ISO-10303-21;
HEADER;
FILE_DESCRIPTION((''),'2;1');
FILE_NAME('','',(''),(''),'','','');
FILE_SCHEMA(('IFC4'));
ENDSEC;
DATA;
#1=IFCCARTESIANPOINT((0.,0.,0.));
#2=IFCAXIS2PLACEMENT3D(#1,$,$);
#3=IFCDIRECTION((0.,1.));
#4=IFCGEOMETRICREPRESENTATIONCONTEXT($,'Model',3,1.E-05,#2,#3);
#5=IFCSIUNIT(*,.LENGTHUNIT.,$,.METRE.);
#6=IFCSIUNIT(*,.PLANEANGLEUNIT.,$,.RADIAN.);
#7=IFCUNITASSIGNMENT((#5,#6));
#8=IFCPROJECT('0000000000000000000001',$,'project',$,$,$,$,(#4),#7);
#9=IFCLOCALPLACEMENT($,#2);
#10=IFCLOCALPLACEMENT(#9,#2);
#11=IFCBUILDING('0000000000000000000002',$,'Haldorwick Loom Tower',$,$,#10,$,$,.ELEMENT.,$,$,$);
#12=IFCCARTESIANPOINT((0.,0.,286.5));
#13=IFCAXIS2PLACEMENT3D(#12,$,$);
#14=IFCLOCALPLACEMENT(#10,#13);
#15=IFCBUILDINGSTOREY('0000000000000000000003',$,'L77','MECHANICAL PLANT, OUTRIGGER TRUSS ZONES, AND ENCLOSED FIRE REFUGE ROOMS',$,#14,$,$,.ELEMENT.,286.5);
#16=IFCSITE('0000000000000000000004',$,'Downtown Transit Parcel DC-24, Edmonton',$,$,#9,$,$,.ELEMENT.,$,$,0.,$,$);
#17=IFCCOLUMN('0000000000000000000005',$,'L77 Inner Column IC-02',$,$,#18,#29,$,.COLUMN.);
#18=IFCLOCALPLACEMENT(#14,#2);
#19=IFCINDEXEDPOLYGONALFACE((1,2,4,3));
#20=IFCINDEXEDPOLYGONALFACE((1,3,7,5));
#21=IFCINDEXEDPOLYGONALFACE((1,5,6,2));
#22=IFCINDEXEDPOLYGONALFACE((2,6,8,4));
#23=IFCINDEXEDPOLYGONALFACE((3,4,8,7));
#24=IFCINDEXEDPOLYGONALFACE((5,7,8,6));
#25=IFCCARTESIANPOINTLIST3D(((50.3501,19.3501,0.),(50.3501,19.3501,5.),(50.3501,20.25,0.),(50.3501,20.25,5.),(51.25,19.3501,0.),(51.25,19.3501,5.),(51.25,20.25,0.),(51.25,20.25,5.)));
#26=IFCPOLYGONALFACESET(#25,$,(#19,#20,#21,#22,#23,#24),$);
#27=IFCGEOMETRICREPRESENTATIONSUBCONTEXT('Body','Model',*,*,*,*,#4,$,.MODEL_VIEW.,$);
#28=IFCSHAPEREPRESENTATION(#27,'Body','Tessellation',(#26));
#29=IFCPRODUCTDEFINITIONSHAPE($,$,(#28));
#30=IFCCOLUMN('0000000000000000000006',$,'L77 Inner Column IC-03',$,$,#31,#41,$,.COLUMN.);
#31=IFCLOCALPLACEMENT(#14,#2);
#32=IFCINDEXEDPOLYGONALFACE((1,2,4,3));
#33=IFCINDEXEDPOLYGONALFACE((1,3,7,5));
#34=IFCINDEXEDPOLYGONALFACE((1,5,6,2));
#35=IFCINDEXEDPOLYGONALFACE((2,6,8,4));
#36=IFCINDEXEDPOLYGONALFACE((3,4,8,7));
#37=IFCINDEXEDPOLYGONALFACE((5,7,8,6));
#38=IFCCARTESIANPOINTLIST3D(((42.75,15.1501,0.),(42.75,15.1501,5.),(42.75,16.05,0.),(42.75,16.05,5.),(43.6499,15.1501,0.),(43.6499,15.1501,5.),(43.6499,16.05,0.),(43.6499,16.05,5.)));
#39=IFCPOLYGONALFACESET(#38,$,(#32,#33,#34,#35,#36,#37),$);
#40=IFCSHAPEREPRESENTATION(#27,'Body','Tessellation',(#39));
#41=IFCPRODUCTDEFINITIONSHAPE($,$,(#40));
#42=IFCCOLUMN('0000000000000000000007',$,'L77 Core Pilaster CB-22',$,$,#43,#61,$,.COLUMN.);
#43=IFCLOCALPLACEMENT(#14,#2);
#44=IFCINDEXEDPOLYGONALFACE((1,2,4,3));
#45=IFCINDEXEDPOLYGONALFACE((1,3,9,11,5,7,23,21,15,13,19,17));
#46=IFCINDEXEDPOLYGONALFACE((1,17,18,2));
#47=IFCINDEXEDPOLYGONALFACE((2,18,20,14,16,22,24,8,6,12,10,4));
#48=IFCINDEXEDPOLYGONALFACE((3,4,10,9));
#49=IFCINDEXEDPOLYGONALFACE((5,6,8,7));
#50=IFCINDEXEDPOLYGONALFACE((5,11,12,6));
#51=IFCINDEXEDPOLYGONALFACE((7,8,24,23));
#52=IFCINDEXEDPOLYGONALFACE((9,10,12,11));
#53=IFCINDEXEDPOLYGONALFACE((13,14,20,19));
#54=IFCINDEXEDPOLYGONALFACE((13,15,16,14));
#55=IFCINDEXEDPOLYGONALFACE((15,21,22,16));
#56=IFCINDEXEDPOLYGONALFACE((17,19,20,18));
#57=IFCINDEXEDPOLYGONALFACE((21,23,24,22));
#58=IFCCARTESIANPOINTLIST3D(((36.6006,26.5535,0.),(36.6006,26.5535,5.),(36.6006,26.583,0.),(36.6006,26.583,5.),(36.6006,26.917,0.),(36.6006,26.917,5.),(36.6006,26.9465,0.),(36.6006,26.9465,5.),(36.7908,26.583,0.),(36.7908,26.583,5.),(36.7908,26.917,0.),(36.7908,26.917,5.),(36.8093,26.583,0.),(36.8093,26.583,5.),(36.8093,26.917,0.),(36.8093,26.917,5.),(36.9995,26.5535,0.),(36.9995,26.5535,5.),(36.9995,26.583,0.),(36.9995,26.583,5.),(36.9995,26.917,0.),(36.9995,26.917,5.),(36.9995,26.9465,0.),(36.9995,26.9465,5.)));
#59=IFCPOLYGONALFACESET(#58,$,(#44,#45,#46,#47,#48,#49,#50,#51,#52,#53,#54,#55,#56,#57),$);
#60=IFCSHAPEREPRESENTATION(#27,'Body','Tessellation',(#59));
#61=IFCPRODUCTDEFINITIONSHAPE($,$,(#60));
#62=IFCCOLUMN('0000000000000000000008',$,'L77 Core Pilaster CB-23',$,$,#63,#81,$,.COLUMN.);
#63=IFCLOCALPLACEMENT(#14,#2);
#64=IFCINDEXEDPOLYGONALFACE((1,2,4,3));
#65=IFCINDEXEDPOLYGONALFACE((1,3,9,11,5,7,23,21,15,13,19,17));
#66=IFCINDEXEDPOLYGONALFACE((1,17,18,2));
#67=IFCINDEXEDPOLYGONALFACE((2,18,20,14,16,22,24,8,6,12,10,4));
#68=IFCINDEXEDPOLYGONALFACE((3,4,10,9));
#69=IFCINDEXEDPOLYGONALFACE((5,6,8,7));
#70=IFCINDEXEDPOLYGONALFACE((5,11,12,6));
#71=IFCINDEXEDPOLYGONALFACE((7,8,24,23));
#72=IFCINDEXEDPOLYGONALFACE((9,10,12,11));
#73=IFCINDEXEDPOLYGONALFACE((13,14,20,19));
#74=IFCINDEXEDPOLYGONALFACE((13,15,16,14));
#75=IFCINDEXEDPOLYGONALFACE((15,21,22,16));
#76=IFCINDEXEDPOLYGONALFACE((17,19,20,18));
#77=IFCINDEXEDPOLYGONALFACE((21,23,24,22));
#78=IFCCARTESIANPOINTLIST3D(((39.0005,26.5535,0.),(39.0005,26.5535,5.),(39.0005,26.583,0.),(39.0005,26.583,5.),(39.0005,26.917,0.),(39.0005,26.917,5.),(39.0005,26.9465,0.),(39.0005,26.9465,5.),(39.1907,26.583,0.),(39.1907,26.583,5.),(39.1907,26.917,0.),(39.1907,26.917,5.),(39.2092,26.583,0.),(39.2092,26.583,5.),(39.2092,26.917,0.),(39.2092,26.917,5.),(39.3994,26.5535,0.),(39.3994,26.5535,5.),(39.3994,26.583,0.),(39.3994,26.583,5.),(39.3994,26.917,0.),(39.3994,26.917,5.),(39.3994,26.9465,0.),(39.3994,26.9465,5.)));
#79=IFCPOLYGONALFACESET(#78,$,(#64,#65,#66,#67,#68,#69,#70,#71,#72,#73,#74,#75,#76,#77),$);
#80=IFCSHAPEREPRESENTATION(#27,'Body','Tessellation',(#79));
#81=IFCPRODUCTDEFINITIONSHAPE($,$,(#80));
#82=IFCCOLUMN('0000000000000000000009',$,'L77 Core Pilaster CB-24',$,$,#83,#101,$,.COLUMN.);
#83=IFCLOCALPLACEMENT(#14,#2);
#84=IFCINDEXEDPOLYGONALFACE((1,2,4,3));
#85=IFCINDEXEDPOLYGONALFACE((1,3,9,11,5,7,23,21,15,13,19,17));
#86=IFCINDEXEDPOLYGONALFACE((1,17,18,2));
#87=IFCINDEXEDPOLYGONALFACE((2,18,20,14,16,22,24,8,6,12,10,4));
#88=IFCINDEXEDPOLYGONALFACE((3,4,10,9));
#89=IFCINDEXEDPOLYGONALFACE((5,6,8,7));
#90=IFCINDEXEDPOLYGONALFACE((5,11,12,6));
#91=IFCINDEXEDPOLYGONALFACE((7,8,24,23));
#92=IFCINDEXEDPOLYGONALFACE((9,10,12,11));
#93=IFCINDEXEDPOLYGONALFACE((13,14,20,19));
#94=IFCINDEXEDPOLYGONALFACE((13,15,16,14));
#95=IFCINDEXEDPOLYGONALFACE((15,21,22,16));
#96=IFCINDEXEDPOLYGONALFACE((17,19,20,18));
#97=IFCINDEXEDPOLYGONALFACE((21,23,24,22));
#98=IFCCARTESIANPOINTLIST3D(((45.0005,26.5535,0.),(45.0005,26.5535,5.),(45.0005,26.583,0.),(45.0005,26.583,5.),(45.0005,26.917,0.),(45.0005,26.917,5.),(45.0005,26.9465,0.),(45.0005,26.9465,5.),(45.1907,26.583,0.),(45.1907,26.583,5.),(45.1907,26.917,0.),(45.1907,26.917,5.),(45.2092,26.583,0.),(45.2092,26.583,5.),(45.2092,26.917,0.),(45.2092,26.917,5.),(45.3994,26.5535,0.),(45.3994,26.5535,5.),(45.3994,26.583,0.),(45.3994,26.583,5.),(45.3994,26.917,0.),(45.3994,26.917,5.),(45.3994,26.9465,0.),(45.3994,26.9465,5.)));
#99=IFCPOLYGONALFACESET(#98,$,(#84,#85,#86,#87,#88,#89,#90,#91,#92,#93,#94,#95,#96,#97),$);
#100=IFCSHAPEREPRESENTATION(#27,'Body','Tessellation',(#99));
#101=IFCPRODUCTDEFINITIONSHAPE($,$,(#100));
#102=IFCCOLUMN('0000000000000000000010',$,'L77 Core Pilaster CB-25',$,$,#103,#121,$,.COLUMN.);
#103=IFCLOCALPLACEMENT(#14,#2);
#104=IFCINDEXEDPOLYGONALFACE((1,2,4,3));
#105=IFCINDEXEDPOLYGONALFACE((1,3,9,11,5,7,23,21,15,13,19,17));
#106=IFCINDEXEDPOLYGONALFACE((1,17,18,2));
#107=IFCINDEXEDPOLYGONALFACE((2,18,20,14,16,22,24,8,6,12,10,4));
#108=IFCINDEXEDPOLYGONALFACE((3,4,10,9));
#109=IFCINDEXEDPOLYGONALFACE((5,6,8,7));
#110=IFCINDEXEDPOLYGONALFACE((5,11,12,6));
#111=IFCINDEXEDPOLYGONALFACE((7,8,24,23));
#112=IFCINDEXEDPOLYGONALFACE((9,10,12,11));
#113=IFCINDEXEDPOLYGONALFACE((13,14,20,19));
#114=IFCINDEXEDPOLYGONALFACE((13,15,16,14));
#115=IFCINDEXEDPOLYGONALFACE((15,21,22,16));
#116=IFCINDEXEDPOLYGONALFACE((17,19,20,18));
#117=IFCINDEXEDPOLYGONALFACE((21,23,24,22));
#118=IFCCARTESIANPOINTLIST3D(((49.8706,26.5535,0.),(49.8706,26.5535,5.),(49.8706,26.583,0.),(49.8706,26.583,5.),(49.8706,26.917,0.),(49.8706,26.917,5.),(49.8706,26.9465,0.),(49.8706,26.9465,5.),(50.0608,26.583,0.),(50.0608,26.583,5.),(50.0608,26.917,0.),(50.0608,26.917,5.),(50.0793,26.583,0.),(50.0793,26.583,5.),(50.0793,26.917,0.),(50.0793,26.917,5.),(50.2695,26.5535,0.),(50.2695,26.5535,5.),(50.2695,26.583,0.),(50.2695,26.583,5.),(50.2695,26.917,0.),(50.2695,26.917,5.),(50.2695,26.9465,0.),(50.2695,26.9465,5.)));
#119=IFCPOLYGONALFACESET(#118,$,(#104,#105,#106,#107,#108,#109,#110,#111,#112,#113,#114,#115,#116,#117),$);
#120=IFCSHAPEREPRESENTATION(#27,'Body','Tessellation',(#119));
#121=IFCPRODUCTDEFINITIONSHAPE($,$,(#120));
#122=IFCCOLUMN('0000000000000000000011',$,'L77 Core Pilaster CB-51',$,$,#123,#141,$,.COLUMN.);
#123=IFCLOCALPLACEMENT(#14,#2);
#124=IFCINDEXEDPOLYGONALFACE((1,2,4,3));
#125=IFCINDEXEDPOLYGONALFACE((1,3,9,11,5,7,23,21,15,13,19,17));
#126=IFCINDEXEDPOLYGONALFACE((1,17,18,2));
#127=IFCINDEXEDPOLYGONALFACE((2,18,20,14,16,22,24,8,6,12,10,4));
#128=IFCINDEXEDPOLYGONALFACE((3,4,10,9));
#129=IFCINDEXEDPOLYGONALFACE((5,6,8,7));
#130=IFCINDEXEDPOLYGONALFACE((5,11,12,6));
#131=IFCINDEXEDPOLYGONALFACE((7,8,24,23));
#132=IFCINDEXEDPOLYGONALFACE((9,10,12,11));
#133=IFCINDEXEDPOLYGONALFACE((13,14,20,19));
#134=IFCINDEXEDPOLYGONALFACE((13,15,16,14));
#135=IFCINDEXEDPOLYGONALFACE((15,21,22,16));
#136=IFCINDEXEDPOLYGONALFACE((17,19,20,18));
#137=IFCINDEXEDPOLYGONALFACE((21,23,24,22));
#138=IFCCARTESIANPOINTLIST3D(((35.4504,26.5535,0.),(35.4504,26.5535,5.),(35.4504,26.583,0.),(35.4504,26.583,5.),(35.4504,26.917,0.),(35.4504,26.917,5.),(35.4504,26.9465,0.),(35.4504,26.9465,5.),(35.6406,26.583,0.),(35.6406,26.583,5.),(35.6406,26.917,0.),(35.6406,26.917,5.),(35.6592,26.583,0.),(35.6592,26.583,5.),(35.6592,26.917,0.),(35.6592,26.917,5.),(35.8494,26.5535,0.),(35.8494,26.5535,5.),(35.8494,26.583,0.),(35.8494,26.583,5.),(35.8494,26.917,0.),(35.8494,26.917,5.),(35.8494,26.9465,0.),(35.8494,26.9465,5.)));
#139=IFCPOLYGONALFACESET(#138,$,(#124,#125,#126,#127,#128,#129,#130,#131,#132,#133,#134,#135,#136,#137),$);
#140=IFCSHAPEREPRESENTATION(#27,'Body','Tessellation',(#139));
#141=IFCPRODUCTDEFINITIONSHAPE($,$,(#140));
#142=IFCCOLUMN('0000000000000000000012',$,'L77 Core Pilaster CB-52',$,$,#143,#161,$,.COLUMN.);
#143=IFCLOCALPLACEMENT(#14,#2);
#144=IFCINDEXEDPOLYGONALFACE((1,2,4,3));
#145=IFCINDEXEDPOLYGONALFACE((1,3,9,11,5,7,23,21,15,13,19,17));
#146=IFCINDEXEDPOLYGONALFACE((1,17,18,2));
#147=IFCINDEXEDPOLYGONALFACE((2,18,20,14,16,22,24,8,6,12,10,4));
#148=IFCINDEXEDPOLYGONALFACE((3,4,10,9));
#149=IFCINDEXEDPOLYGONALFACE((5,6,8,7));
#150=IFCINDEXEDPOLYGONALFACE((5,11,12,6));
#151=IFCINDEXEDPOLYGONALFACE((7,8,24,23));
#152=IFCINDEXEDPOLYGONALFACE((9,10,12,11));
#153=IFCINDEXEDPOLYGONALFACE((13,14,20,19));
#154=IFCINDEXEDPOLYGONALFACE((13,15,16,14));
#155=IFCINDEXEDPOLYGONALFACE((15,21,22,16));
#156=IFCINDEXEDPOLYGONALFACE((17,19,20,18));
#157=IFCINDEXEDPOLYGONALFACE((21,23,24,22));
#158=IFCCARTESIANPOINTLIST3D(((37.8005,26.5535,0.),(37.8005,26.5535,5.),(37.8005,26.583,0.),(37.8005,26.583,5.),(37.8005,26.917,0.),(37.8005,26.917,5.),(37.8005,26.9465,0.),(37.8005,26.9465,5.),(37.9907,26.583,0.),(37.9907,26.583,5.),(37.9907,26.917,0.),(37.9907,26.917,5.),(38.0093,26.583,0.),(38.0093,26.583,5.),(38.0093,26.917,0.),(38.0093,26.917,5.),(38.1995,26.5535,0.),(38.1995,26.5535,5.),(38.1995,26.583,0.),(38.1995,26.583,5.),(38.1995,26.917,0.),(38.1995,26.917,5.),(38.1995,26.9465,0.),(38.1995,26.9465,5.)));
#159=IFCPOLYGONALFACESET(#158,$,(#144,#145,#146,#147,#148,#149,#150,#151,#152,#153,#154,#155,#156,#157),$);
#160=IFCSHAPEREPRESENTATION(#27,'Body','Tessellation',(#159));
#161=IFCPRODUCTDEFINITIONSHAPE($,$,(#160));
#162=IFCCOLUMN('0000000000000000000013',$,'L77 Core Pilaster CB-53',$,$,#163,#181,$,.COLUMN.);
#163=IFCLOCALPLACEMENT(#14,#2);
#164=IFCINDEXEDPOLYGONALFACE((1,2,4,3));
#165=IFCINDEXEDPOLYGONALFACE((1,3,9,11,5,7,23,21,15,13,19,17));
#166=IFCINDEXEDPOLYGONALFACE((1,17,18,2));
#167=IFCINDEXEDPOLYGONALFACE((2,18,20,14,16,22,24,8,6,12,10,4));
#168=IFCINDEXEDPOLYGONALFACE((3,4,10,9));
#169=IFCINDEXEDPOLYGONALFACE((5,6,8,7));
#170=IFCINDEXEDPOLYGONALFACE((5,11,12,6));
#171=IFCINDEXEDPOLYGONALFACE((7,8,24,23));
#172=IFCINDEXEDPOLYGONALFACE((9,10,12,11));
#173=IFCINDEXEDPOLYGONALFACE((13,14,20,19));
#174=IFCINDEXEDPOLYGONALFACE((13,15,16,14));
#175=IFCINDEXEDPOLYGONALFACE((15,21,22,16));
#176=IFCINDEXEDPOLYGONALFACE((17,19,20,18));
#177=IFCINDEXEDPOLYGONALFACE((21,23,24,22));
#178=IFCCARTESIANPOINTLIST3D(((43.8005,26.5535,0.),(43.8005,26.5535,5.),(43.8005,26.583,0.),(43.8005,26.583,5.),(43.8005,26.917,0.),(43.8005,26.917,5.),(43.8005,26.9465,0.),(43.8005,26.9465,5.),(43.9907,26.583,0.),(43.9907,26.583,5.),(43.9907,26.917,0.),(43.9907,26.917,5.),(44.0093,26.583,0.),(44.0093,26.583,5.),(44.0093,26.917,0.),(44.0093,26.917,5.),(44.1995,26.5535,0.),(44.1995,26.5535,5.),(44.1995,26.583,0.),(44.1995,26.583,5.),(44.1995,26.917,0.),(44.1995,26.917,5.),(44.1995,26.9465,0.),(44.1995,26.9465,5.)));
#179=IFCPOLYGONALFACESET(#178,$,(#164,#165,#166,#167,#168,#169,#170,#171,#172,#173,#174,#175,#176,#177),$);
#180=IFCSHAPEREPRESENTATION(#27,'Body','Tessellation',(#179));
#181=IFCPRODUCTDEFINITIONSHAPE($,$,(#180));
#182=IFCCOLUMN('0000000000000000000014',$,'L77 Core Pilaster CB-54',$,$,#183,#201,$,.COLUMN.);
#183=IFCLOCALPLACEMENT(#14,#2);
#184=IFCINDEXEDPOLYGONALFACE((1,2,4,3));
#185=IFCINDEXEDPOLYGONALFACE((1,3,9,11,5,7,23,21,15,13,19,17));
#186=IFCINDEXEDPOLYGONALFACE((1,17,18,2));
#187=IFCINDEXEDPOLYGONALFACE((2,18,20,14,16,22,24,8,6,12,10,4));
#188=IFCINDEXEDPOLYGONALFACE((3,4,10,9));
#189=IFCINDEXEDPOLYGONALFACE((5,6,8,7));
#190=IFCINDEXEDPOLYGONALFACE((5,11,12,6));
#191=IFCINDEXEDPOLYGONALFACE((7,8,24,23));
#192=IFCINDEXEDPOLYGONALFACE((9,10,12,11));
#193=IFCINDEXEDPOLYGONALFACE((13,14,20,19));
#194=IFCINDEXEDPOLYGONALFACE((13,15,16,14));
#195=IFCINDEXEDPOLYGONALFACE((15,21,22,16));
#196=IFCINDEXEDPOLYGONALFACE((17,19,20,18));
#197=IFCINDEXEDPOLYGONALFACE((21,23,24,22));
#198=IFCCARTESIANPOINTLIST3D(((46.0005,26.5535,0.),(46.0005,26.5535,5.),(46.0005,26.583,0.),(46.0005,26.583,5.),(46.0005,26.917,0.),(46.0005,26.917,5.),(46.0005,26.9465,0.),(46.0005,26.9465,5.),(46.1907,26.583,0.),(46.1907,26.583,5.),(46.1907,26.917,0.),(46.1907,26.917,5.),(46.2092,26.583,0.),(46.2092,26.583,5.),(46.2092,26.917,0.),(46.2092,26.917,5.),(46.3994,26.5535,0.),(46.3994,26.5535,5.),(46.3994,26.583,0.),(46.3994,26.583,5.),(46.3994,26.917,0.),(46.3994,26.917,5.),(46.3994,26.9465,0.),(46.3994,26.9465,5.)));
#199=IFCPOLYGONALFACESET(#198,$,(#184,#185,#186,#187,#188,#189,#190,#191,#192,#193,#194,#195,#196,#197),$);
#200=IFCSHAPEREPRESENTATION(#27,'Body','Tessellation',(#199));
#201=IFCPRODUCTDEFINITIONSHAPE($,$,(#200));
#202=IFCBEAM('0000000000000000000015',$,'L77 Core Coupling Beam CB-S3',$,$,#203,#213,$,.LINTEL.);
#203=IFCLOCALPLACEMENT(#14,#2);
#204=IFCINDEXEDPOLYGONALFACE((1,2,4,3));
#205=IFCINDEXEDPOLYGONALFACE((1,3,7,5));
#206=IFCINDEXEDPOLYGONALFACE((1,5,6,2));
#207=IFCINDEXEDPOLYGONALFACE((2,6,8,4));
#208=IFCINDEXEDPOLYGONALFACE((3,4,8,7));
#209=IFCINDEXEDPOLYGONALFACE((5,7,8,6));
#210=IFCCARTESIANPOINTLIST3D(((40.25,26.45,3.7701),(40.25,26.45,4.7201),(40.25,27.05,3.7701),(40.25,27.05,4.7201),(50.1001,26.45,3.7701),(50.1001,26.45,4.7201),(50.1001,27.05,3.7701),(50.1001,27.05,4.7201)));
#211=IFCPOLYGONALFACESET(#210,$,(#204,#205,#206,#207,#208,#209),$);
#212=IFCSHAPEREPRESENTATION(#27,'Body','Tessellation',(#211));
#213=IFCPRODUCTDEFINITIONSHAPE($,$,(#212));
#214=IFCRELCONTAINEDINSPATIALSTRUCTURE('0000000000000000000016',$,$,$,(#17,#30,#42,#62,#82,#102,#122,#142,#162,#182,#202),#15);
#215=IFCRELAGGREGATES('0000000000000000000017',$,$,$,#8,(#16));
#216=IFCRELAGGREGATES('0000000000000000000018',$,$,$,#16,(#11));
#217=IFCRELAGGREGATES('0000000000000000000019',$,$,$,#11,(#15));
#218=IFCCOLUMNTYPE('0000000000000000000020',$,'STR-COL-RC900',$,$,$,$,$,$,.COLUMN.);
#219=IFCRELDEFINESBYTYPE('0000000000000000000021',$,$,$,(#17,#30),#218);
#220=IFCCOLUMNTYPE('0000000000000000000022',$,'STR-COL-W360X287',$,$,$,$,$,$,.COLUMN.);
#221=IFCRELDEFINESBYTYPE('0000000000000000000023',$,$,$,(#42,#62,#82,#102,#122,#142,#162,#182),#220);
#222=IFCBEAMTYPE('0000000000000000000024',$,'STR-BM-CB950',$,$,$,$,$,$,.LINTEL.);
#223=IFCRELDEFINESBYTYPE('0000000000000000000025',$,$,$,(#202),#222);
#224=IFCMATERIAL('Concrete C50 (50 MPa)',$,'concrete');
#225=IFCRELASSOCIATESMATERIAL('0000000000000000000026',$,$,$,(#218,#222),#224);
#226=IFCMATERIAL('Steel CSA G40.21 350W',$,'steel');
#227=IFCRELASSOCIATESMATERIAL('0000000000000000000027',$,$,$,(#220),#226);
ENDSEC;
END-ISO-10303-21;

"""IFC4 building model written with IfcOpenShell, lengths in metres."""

from ifc_helpers import new_model, si_unit, direction, frame, origin, origin_2d, place, context, subcontext, project, spatial, rectangle, i_section, extrude, material, material_profile, profile_set, type_object, element, save


model = new_model("IFC4")

# Units and contexts
model_context = context("Model", 3, precision=1e-05, world=origin(), true_north=direction((0.0, 1.0)))
body_context = subcontext(model_context, "Body", "Model", "MODEL_VIEW")
ifc_project = project(units=[si_unit("LENGTHUNIT", "METRE"), si_unit("PLANEANGLEUNIT", "RADIAN")], contexts=[model_context])

# Site, building, storey
site_placement = place(None, origin())
site = spatial("IfcSite", under=ifc_project, at=site_placement, Name="Downtown Transit Parcel DC-24, Edmonton", CompositionType="ELEMENT", RefElevation=0.0)
building_placement = place(site_placement, origin())
building = spatial("IfcBuilding", under=site, at=building_placement, Name="Haldorwick Loom Tower", CompositionType="ELEMENT")
storey_placement = place(building_placement, frame((0.0, 0.0, 286.5)))
storey = spatial("IfcBuildingStorey", under=building, at=storey_placement, Name="L77", Description="MECHANICAL PLANT, OUTRIGGER TRUSS ZONES, AND ENCLOSED FIRE REFUGE ROOMS", CompositionType="ELEMENT", Elevation=286.5)

# Columns
ifc_material_1 = material(Name="Concrete C50 (50 MPa)", Category="concrete")
ifc_material_profile_1 = material_profile(ifc_material_1, rectangle(XDim=0.8999, YDim=0.8999, at=origin_2d()), Name="RC900X900", Category="concrete")
ifc_profile_set_1 = profile_set([ifc_material_profile_1], Name="Concrete C50 (50 MPa)")
column_type_1 = type_object("IfcColumnType", Name="STR-COL-RC900", PredefinedType="COLUMN", material=ifc_profile_set_1)
for number, where, z_axis, x_axis, name in (
    (1, (50.8, 19.8, 0.0), (0.0, 0.0, 1.0), (1.0, 0.0, 0.0), "L77 Inner Column IC-02"),
    (2, (43.2, 15.6001, 0.0), (0.0, 0.0, 1.0), (1.0, 0.0, 0.0), "L77 Inner Column IC-03"),
):
    element("IfcColumn", number, at=place(storey_placement, frame(where, z_axis=z_axis, x_axis=x_axis)), inside=storey, type_object=column_type_1, Name=name, PredefinedType="COLUMN", context=body_context, shape_type="SweptSolid", body=[
        extrude(rectangle(XDim=0.8999, YDim=0.8999, at=origin_2d()), origin(), (0.0, 0.0, 1.0), 5.0),
    ])
ifc_material_2 = material(Name="Steel CSA G40.21 350W", Category="steel")
ifc_material_profile_2 = material_profile(ifc_material_2, i_section(OverallWidth=0.3989, OverallDepth=0.3931, WebThickness=0.0186, FlangeThickness=0.0295, at=origin_2d()), Name="W360X287", Category="steel")
ifc_profile_set_2 = profile_set([ifc_material_profile_2], Name="Steel CSA G40.21 350W")
column_type_2 = type_object("IfcColumnType", Name="STR-COL-W360X287", PredefinedType="COLUMN", material=ifc_profile_set_2)
for number, where, z_axis, x_axis, name in (
    (3, (36.8, 26.75, 0.0), (0.0, 0.0, 1.0), (1.0, 0.0, 0.0), "L77 Core Pilaster CB-22"),
    (4, (39.2, 26.75, 0.0), (0.0, 0.0, 1.0), (1.0, 0.0, 0.0), "L77 Core Pilaster CB-23"),
    (5, (45.2, 26.75, 0.0), (0.0, 0.0, 1.0), (1.0, 0.0, 0.0), "L77 Core Pilaster CB-24"),
    (6, (50.0701, 26.75, 0.0), (0.0, 0.0, 1.0), (1.0, 0.0, 0.0), "L77 Core Pilaster CB-25"),
    (7, (35.6499, 26.75, 0.0), (0.0, 0.0, 1.0), (1.0, 0.0, 0.0), "L77 Core Pilaster CB-51"),
    (8, (38.0, 26.75, 0.0), (0.0, 0.0, 1.0), (1.0, 0.0, 0.0), "L77 Core Pilaster CB-52"),
    (9, (44.0, 26.75, 0.0), (0.0, 0.0, 1.0), (1.0, 0.0, 0.0), "L77 Core Pilaster CB-53"),
    (10, (46.2, 26.75, 0.0), (0.0, 0.0, 1.0), (1.0, 0.0, 0.0), "L77 Core Pilaster CB-54"),
):
    element("IfcColumn", number, at=place(storey_placement, frame(where, z_axis=z_axis, x_axis=x_axis)), inside=storey, type_object=column_type_2, Name=name, PredefinedType="COLUMN", context=body_context, shape_type="SweptSolid", body=[
        extrude(i_section(OverallWidth=0.3989, OverallDepth=0.3931, WebThickness=0.0186, FlangeThickness=0.0295, at=origin_2d()), origin(), (0.0, 0.0, 1.0), 5.0),
    ])

# Beam
ifc_material_profile_3 = material_profile(ifc_material_1, rectangle(XDim=0.6001, YDim=0.95, at=origin_2d()), Name="RC600X950", Category="concrete")
ifc_profile_set_3 = profile_set([ifc_material_profile_3], Name="Concrete C50 (50 MPa)")
beam_type_1 = type_object("IfcBeamType", Name="STR-BM-CB950", PredefinedType="LINTEL", material=ifc_profile_set_3)
beam_1_placement = place(storey_placement, frame((40.25, 26.75, 4.2451), z_axis=(1.0, 0.0, 0.0), x_axis=(0.0, 1.0, 0.0)))
element("IfcBeam", 11, at=beam_1_placement, inside=storey, type_object=beam_type_1, Name="L77 Core Coupling Beam CB-S3", PredefinedType="LINTEL", context=body_context, shape_type="SweptSolid", body=[
    extrude(rectangle(XDim=0.6001, YDim=0.95, at=origin_2d()), origin(), (0.0, 0.0, 1.0), 9.8501),
])

save(model, "model.ifc")
